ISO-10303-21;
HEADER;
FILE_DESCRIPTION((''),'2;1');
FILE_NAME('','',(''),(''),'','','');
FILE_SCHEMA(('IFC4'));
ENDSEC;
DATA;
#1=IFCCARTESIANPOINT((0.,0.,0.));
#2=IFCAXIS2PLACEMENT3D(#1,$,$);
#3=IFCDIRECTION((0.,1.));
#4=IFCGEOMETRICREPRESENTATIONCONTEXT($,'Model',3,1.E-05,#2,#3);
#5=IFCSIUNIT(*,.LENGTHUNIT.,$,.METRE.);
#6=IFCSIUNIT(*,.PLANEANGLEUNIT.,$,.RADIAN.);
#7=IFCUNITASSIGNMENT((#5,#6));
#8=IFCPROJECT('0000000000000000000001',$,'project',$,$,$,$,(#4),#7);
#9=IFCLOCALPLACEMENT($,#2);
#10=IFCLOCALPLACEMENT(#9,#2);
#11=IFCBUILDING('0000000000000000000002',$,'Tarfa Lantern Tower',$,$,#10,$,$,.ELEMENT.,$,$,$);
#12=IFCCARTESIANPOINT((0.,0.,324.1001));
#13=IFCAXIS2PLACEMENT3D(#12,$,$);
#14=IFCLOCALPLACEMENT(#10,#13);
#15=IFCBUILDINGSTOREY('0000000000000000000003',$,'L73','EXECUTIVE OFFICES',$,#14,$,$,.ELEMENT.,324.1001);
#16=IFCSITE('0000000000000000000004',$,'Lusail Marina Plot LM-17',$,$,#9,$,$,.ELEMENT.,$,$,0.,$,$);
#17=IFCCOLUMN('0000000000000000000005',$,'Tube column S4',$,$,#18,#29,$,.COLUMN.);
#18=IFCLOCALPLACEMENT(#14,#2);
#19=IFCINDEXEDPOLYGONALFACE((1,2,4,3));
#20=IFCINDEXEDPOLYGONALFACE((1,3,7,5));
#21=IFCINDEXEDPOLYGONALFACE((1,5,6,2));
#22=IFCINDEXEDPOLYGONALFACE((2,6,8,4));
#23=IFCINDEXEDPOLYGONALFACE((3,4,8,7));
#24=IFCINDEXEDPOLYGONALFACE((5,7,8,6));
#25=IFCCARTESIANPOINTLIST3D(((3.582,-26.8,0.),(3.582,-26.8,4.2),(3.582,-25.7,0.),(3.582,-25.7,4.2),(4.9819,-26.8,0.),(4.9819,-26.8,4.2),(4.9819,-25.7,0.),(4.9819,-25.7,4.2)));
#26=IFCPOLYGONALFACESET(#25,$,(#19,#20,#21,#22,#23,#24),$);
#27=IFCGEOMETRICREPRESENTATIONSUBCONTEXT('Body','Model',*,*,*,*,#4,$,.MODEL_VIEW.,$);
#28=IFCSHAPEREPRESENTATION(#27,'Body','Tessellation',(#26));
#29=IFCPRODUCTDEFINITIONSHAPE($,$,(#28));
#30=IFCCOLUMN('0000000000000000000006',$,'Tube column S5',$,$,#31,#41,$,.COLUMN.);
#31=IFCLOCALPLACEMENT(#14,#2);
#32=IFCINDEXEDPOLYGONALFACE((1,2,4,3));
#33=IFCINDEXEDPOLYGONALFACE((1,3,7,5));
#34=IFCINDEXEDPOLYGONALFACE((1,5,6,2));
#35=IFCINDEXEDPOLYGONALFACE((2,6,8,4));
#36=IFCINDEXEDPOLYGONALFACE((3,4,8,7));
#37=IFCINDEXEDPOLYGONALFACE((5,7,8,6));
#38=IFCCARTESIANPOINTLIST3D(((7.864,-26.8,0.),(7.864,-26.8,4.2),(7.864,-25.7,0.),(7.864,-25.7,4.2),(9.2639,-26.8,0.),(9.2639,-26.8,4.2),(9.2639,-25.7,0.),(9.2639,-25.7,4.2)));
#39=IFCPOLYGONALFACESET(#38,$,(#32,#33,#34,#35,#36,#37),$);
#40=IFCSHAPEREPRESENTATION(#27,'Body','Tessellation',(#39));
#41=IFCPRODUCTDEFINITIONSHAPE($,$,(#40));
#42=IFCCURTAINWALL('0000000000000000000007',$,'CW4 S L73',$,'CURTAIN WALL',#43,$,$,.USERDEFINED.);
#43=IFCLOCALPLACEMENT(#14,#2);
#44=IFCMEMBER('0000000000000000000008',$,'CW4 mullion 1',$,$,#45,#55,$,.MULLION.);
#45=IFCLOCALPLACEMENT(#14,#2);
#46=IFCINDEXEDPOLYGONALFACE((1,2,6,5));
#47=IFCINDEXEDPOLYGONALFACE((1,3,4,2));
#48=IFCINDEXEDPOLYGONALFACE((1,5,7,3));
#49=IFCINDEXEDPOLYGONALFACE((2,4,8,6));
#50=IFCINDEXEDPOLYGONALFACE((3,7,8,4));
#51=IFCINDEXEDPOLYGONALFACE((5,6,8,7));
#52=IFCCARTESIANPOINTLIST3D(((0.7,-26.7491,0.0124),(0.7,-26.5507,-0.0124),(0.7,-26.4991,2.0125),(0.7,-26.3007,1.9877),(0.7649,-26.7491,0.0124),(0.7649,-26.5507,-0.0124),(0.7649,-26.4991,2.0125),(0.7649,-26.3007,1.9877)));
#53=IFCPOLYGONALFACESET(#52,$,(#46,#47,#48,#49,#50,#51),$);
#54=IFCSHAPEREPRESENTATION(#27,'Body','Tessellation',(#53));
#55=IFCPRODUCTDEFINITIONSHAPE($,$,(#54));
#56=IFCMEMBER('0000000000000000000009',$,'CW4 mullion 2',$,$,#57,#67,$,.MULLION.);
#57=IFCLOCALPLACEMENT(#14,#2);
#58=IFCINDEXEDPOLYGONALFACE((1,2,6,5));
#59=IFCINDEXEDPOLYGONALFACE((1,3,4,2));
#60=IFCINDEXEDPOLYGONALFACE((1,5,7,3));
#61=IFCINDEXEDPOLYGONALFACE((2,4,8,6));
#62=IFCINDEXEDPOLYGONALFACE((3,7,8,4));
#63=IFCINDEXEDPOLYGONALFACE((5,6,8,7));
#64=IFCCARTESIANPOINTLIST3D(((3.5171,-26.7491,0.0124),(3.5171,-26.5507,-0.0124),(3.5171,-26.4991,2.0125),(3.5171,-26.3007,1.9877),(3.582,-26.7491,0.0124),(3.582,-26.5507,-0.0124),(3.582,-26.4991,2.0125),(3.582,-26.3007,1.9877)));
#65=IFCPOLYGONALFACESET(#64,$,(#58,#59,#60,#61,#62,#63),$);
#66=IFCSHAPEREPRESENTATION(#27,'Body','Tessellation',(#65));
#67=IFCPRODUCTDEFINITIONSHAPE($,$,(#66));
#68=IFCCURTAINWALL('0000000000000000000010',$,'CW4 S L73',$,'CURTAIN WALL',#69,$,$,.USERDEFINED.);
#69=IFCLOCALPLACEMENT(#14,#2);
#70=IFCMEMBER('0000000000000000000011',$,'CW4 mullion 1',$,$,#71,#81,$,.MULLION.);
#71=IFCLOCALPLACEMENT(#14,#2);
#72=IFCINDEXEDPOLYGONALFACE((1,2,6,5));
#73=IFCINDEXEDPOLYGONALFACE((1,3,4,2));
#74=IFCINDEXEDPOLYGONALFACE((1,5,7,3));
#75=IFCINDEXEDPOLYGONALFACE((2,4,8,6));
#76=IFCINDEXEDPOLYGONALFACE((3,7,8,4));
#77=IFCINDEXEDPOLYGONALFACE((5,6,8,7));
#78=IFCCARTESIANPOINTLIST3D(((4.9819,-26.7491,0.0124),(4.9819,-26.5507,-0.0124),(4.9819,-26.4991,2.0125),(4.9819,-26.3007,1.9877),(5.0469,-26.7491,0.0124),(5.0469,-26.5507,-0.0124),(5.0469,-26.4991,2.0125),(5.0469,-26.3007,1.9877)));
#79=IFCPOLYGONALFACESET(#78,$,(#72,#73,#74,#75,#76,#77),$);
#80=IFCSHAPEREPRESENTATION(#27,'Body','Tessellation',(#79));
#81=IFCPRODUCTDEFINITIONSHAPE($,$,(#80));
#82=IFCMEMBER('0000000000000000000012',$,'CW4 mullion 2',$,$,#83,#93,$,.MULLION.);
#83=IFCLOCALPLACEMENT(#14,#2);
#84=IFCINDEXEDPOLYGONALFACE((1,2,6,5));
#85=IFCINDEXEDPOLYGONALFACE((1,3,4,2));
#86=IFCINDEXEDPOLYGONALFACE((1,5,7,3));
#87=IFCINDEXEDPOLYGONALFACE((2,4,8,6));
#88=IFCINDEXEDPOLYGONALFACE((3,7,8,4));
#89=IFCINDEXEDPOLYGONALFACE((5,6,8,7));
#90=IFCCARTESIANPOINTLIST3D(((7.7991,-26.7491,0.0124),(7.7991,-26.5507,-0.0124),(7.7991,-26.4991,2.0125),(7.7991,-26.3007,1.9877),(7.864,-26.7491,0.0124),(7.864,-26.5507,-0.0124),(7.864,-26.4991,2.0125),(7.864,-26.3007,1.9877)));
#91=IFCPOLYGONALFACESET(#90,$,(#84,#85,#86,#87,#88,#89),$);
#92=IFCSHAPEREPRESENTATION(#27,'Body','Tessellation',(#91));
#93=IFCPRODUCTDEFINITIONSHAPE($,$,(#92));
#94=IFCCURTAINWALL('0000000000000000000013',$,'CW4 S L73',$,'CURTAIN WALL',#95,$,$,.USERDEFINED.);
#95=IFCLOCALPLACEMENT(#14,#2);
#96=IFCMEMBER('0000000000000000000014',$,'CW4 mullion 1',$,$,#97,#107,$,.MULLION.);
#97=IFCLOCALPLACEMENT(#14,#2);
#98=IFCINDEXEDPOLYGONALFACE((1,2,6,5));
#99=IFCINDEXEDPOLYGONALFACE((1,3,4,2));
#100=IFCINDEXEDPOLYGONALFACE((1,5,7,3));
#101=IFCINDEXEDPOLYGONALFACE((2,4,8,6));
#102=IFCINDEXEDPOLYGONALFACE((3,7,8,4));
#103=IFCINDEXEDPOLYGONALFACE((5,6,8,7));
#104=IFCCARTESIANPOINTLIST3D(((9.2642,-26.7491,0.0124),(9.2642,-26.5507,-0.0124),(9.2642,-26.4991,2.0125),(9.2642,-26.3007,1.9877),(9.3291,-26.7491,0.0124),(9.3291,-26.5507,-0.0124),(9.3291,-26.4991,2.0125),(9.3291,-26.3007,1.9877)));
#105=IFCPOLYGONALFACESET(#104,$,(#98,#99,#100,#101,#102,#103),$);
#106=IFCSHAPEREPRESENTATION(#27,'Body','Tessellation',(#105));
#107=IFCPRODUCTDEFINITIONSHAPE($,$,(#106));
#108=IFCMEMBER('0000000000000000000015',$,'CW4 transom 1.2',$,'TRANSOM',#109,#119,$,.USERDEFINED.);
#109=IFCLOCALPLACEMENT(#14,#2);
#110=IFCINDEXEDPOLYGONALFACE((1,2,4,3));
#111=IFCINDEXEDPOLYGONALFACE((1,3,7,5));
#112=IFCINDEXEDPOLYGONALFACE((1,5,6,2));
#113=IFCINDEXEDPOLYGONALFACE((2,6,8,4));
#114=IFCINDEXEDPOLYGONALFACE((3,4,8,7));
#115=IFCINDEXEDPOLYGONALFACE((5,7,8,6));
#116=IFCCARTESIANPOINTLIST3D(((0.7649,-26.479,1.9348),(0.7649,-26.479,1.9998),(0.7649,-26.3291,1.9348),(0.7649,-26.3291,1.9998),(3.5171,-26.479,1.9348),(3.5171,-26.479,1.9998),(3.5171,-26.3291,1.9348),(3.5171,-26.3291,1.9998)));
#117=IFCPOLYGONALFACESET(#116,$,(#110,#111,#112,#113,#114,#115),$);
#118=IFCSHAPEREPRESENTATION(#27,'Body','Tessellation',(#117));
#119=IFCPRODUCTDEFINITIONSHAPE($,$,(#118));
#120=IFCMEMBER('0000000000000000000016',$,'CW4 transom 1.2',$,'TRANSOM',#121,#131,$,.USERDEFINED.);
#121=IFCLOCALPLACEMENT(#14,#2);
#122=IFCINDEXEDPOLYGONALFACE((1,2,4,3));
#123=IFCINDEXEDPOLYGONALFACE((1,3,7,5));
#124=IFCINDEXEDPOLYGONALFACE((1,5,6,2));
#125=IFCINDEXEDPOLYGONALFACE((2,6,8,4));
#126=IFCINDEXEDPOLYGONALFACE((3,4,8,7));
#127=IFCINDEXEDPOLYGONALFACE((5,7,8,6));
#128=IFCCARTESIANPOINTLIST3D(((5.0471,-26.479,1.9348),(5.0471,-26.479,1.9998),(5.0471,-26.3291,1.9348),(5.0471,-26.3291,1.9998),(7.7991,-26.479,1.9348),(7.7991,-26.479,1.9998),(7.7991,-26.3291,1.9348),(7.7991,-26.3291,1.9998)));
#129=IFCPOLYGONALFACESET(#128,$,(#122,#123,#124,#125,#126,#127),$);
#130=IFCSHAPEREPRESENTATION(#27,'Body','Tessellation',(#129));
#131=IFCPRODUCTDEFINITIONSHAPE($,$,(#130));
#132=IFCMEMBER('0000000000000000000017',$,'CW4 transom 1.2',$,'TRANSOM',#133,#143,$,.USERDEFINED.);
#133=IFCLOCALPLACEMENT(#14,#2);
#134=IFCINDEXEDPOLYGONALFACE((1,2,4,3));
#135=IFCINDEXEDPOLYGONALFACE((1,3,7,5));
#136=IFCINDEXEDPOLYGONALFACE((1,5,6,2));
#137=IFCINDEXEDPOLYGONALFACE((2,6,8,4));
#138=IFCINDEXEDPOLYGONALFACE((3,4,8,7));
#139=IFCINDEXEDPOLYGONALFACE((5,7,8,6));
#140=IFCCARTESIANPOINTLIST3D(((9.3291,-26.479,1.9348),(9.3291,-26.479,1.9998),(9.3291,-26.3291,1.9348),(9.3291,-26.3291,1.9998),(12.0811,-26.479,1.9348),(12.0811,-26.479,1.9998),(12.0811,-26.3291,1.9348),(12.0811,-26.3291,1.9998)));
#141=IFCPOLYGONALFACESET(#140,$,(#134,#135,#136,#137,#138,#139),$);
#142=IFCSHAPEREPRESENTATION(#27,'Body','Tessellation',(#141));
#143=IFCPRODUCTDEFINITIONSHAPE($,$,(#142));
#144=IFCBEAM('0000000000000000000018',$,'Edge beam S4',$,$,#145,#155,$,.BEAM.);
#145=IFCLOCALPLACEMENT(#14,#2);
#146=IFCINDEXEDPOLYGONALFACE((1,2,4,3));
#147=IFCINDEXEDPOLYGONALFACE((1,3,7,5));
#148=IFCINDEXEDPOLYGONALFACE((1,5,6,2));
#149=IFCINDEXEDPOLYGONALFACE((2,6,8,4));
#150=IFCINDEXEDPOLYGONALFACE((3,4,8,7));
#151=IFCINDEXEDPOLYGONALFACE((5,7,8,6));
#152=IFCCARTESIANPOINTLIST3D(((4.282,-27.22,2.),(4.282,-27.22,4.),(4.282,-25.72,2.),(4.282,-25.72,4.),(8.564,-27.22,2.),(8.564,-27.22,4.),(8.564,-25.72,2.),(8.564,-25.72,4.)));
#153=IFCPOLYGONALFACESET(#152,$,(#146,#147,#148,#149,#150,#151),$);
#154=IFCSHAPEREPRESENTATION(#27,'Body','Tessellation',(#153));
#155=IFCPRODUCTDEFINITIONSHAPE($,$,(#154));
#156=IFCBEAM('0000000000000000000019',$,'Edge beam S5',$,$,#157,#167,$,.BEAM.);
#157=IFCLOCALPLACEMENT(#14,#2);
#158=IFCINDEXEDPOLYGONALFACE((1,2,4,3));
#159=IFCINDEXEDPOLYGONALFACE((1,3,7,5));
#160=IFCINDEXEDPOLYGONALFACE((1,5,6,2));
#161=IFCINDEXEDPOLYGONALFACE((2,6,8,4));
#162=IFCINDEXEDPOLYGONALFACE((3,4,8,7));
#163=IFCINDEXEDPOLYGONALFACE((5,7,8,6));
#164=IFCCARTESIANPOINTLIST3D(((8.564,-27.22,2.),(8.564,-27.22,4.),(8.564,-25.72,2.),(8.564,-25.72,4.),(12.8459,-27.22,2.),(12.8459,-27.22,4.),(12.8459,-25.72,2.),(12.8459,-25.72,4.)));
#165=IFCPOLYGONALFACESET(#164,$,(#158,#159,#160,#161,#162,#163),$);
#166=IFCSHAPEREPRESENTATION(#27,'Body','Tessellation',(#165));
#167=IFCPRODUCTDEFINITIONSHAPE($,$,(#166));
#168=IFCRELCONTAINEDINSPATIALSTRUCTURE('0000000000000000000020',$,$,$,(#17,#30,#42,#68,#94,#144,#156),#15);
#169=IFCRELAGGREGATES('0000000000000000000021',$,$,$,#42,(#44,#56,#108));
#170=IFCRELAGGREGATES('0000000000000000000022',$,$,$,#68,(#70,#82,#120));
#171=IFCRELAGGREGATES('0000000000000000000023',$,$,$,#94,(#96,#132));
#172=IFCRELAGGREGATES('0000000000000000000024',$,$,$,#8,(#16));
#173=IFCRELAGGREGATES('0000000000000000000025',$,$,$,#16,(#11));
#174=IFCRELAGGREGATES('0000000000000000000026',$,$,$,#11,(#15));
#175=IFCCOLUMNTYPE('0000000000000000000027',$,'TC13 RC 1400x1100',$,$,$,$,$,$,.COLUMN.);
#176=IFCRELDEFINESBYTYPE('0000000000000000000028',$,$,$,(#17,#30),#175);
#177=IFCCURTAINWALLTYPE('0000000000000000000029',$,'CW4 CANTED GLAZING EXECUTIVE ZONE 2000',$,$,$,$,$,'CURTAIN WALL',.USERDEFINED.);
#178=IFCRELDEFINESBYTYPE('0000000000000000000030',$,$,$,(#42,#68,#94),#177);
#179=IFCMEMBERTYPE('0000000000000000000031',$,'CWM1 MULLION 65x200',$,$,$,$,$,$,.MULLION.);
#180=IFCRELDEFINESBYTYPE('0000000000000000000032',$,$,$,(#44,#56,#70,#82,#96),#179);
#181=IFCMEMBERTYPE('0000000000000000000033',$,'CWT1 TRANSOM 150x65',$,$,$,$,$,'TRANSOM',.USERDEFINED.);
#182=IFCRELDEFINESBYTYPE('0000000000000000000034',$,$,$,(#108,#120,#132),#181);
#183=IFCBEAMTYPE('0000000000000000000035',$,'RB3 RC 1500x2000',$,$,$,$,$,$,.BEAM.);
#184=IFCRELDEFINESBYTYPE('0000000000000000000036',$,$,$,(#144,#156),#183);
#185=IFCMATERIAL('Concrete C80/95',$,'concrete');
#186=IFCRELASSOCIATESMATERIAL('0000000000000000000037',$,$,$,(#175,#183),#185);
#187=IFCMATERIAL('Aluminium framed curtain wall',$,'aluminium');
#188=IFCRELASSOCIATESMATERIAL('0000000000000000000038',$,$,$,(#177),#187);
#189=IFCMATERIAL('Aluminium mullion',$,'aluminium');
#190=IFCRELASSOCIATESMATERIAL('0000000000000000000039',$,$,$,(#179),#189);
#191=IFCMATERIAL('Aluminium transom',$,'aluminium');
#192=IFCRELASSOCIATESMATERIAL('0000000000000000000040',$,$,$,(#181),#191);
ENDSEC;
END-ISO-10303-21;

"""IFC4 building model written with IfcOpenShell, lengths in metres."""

from ifc_helpers import new_model, si_unit, direction, frame, origin, origin_2d, place, context, subcontext, project, spatial, rectangle, extrude, material, material_profile, profile_set, type_object, element, aggregate, save


model = new_model("IFC4")

# Units and contexts
model_context = context("Model", 3, precision=1e-05, world=origin(), true_north=direction((0.0, 1.0)))
body_context = subcontext(model_context, "Body", "Model", "MODEL_VIEW")
ifc_project = project(units=[si_unit("LENGTHUNIT", "METRE"), si_unit("PLANEANGLEUNIT", "RADIAN")], contexts=[model_context])

# Site, building, storey
site_placement = place(None, origin())
site = spatial("IfcSite", under=ifc_project, at=site_placement, Name="Lusail Marina Plot LM-17", CompositionType="ELEMENT", RefElevation=0.0)
building_placement = place(site_placement, origin())
building = spatial("IfcBuilding", under=site, at=building_placement, Name="Tarfa Lantern Tower", CompositionType="ELEMENT")
storey_placement = place(building_placement, frame((0.0, 0.0, 324.1001)))
storey = spatial("IfcBuildingStorey", under=building, at=storey_placement, Name="L73", Description="EXECUTIVE OFFICES", CompositionType="ELEMENT", Elevation=324.1001)

# Columns
ifc_material_1 = material(Name="Concrete C80/95", Category="concrete")
ifc_material_profile_1 = material_profile(ifc_material_1, rectangle(XDim=1.3999, YDim=1.1001, at=origin_2d()), Name="RC 1400x1100")
ifc_profile_set_1 = profile_set([ifc_material_profile_1], Name="Concrete C80/95")
column_type = type_object("IfcColumnType", Name="TC13 RC 1400x1100", PredefinedType="COLUMN", material=ifc_profile_set_1)
for number, where, z_axis, x_axis, name in (
    (1, (4.282, -26.25, 0.0), (0.0, 0.0, 1.0), (1.0, 0.0, 0.0), "Tube column S4"),
    (2, (8.564, -26.25, 0.0), (0.0, 0.0, 1.0), (1.0, 0.0, 0.0), "Tube column S5"),
):
    element("IfcColumn", number, at=place(storey_placement, frame(where, z_axis=z_axis, x_axis=x_axis)), inside=storey, type_object=column_type, Name=name, PredefinedType="COLUMN", context=body_context, shape_type="SweptSolid", body=[
        extrude(rectangle(XDim=1.3999, YDim=1.1001, at=origin_2d()), origin(), (0.0, 0.0, 1.0), 4.2),
    ])

# Curtain walls, members
ifc_material_2 = material(Name="Aluminium framed curtain wall", Category="aluminium")
curtain_wall_type = type_object("IfcCurtainWallType", Name="CW4 CANTED GLAZING EXECUTIVE ZONE 2000", ElementType="CURTAIN WALL", PredefinedType="USERDEFINED", material=ifc_material_2)
curtain_wall_1_placement = place(storey_placement, origin())
curtain_wall_1 = element("IfcCurtainWall", 3, at=curtain_wall_1_placement, inside=storey, type_object=curtain_wall_type, Name="CW4 S L73", ObjectType="CURTAIN WALL", PredefinedType="USERDEFINED")
ifc_material_3 = material(Name="Aluminium mullion", Category="aluminium")
ifc_material_profile_2 = material_profile(ifc_material_3, rectangle(XDim=0.0649, YDim=0.2, at=origin_2d()), Name="AL MULLION 65x200")
ifc_profile_set_2 = profile_set([ifc_material_profile_2], Name="Aluminium mullion")
member_type_1 = type_object("IfcMemberType", Name="CWM1 MULLION 65x200", PredefinedType="MULLION", material=ifc_profile_set_2)
member_1_placement = place(storey_placement, frame((0.7324, -26.6499, 0.0), z_axis=(0.0, 0.124035, 0.992278), x_axis=(-1.0, 0.0, 0.0)))
member_1 = element("IfcMember", 4, at=member_1_placement, type_object=member_type_1, Name="CW4 mullion 1", PredefinedType="MULLION", context=body_context, shape_type="SweptSolid", body=[
    extrude(rectangle(XDim=0.0649, YDim=0.2, at=origin_2d()), origin(), (0.0, 0.0, 1.0), 2.0156),
])
member_2_placement = place(storey_placement, frame((3.5496, -26.6499, 0.0), z_axis=(0.0, 0.124035, 0.992278), x_axis=(-1.0, 0.0, 0.0)))
member_2 = element("IfcMember", 5, at=member_2_placement, type_object=member_type_1, Name="CW4 mullion 2", PredefinedType="MULLION", context=body_context, shape_type="SweptSolid", body=[
    extrude(rectangle(XDim=0.0649, YDim=0.2, at=origin_2d()), origin(), (0.0, 0.0, 1.0), 2.0156),
])
curtain_wall_2_placement = place(storey_placement, origin())
curtain_wall_2 = element("IfcCurtainWall", 6, at=curtain_wall_2_placement, inside=storey, type_object=curtain_wall_type, Name="CW4 S L73", ObjectType="CURTAIN WALL", PredefinedType="USERDEFINED")
member_3_placement = place(storey_placement, frame((5.0144, -26.6499, 0.0), z_axis=(0.0, 0.124035, 0.992278), x_axis=(-1.0, 0.0, 0.0)))
member_3 = element("IfcMember", 7, at=member_3_placement, type_object=member_type_1, Name="CW4 mullion 1", PredefinedType="MULLION", context=body_context, shape_type="SweptSolid", body=[
    extrude(rectangle(XDim=0.0649, YDim=0.2, at=origin_2d()), origin(), (0.0, 0.0, 1.0), 2.0156),
])
member_4_placement = place(storey_placement, frame((7.8315, -26.6499, 0.0), z_axis=(0.0, 0.124035, 0.992278), x_axis=(-1.0, 0.0, 0.0)))
member_4 = element("IfcMember", 8, at=member_4_placement, type_object=member_type_1, Name="CW4 mullion 2", PredefinedType="MULLION", context=body_context, shape_type="SweptSolid", body=[
    extrude(rectangle(XDim=0.0649, YDim=0.2, at=origin_2d()), origin(), (0.0, 0.0, 1.0), 2.0156),
])

# Curtain wall, member
curtain_wall_3_placement = place(storey_placement, origin())
curtain_wall_3 = element("IfcCurtainWall", 9, at=curtain_wall_3_placement, inside=storey, type_object=curtain_wall_type, Name="CW4 S L73", ObjectType="CURTAIN WALL", PredefinedType="USERDEFINED")
member_5_placement = place(storey_placement, frame((9.2966, -26.6499, 0.0), z_axis=(0.0, 0.124035, 0.992278), x_axis=(-1.0, 0.0, 0.0)))
member_5 = element("IfcMember", 10, at=member_5_placement, type_object=member_type_1, Name="CW4 mullion 1", PredefinedType="MULLION", context=body_context, shape_type="SweptSolid", body=[
    extrude(rectangle(XDim=0.0649, YDim=0.2, at=origin_2d()), origin(), (0.0, 0.0, 1.0), 2.0156),
])

# Members
ifc_material_4 = material(Name="Aluminium transom", Category="aluminium")
ifc_material_profile_3 = material_profile(ifc_material_4, rectangle(XDim=0.1499, YDim=0.0649, at=origin_2d()), Name="AL TRANSOM 150x65")
ifc_profile_set_3 = profile_set([ifc_material_profile_3], Name="Aluminium transom")
member_type_2 = type_object("IfcMemberType", Name="CWT1 TRANSOM 150x65", ElementType="TRANSOM", PredefinedType="USERDEFINED", material=ifc_profile_set_3)
member_6_placement = place(storey_placement, frame((0.7649, -26.4041, 1.9673), z_axis=(1.0, 0.0, 0.0), x_axis=(0.0, 1.0, 0.0)))
member_6 = element("IfcMember", 11, at=member_6_placement, type_object=member_type_2, Name="CW4 transom 1.2", ObjectType="TRANSOM", PredefinedType="USERDEFINED", context=body_context, shape_type="SweptSolid", body=[
    extrude(rectangle(XDim=0.1499, YDim=0.0649, at=origin_2d()), origin(), (0.0, 0.0, 1.0), 2.7522),
])
member_7_placement = place(storey_placement, frame((5.0471, -26.4041, 1.9673), z_axis=(1.0, 0.0, 0.0), x_axis=(0.0, 1.0, 0.0)))
member_7 = element("IfcMember", 12, at=member_7_placement, type_object=member_type_2, Name="CW4 transom 1.2", ObjectType="TRANSOM", PredefinedType="USERDEFINED", context=body_context, shape_type="SweptSolid", body=[
    extrude(rectangle(XDim=0.1499, YDim=0.0649, at=origin_2d()), origin(), (0.0, 0.0, 1.0), 2.752),
])
member_8_placement = place(storey_placement, frame((9.3291, -26.4041, 1.9673), z_axis=(1.0, 0.0, 0.0), x_axis=(0.0, 1.0, 0.0)))
member_8 = element("IfcMember", 13, at=member_8_placement, type_object=member_type_2, Name="CW4 transom 1.2", ObjectType="TRANSOM", PredefinedType="USERDEFINED", context=body_context, shape_type="SweptSolid", body=[
    extrude(rectangle(XDim=0.1499, YDim=0.0649, at=origin_2d()), origin(), (0.0, 0.0, 1.0), 2.752),
])

# Beams
ifc_material_profile_4 = material_profile(ifc_material_1, rectangle(XDim=1.5, YDim=2.0, at=origin_2d()), Name="RC 1500x2000")
ifc_profile_set_4 = profile_set([ifc_material_profile_4], Name="Concrete C80/95")
beam_type_1 = type_object("IfcBeamType", Name="RB3 RC 1500x2000", PredefinedType="BEAM", material=ifc_profile_set_4)
for number, where, z_axis, x_axis, name in (
    (14, (4.282, -26.47, 3.0), (1.0, 0.0, 0.0), (0.0, 1.0, 0.0), "Edge beam S4"),
    (15, (8.564, -26.47, 3.0), (1.0, 0.0, 0.0), (0.0, 1.0, 0.0), "Edge beam S5"),
):
    element("IfcBeam", number, at=place(storey_placement, frame(where, z_axis=z_axis, x_axis=x_axis)), inside=storey, type_object=beam_type_1, Name=name, PredefinedType="BEAM", context=body_context, shape_type="SweptSolid", body=[
        extrude(rectangle(XDim=1.5, YDim=2.0, at=origin_2d()), origin(), (0.0, 0.0, 1.0), 4.282),
    ])

aggregate(curtain_wall_1, [member_1, member_2, member_6])
aggregate(curtain_wall_2, [member_3, member_4, member_7])
aggregate(curtain_wall_3, [member_5, member_8])

save(model, "model.ifc")
